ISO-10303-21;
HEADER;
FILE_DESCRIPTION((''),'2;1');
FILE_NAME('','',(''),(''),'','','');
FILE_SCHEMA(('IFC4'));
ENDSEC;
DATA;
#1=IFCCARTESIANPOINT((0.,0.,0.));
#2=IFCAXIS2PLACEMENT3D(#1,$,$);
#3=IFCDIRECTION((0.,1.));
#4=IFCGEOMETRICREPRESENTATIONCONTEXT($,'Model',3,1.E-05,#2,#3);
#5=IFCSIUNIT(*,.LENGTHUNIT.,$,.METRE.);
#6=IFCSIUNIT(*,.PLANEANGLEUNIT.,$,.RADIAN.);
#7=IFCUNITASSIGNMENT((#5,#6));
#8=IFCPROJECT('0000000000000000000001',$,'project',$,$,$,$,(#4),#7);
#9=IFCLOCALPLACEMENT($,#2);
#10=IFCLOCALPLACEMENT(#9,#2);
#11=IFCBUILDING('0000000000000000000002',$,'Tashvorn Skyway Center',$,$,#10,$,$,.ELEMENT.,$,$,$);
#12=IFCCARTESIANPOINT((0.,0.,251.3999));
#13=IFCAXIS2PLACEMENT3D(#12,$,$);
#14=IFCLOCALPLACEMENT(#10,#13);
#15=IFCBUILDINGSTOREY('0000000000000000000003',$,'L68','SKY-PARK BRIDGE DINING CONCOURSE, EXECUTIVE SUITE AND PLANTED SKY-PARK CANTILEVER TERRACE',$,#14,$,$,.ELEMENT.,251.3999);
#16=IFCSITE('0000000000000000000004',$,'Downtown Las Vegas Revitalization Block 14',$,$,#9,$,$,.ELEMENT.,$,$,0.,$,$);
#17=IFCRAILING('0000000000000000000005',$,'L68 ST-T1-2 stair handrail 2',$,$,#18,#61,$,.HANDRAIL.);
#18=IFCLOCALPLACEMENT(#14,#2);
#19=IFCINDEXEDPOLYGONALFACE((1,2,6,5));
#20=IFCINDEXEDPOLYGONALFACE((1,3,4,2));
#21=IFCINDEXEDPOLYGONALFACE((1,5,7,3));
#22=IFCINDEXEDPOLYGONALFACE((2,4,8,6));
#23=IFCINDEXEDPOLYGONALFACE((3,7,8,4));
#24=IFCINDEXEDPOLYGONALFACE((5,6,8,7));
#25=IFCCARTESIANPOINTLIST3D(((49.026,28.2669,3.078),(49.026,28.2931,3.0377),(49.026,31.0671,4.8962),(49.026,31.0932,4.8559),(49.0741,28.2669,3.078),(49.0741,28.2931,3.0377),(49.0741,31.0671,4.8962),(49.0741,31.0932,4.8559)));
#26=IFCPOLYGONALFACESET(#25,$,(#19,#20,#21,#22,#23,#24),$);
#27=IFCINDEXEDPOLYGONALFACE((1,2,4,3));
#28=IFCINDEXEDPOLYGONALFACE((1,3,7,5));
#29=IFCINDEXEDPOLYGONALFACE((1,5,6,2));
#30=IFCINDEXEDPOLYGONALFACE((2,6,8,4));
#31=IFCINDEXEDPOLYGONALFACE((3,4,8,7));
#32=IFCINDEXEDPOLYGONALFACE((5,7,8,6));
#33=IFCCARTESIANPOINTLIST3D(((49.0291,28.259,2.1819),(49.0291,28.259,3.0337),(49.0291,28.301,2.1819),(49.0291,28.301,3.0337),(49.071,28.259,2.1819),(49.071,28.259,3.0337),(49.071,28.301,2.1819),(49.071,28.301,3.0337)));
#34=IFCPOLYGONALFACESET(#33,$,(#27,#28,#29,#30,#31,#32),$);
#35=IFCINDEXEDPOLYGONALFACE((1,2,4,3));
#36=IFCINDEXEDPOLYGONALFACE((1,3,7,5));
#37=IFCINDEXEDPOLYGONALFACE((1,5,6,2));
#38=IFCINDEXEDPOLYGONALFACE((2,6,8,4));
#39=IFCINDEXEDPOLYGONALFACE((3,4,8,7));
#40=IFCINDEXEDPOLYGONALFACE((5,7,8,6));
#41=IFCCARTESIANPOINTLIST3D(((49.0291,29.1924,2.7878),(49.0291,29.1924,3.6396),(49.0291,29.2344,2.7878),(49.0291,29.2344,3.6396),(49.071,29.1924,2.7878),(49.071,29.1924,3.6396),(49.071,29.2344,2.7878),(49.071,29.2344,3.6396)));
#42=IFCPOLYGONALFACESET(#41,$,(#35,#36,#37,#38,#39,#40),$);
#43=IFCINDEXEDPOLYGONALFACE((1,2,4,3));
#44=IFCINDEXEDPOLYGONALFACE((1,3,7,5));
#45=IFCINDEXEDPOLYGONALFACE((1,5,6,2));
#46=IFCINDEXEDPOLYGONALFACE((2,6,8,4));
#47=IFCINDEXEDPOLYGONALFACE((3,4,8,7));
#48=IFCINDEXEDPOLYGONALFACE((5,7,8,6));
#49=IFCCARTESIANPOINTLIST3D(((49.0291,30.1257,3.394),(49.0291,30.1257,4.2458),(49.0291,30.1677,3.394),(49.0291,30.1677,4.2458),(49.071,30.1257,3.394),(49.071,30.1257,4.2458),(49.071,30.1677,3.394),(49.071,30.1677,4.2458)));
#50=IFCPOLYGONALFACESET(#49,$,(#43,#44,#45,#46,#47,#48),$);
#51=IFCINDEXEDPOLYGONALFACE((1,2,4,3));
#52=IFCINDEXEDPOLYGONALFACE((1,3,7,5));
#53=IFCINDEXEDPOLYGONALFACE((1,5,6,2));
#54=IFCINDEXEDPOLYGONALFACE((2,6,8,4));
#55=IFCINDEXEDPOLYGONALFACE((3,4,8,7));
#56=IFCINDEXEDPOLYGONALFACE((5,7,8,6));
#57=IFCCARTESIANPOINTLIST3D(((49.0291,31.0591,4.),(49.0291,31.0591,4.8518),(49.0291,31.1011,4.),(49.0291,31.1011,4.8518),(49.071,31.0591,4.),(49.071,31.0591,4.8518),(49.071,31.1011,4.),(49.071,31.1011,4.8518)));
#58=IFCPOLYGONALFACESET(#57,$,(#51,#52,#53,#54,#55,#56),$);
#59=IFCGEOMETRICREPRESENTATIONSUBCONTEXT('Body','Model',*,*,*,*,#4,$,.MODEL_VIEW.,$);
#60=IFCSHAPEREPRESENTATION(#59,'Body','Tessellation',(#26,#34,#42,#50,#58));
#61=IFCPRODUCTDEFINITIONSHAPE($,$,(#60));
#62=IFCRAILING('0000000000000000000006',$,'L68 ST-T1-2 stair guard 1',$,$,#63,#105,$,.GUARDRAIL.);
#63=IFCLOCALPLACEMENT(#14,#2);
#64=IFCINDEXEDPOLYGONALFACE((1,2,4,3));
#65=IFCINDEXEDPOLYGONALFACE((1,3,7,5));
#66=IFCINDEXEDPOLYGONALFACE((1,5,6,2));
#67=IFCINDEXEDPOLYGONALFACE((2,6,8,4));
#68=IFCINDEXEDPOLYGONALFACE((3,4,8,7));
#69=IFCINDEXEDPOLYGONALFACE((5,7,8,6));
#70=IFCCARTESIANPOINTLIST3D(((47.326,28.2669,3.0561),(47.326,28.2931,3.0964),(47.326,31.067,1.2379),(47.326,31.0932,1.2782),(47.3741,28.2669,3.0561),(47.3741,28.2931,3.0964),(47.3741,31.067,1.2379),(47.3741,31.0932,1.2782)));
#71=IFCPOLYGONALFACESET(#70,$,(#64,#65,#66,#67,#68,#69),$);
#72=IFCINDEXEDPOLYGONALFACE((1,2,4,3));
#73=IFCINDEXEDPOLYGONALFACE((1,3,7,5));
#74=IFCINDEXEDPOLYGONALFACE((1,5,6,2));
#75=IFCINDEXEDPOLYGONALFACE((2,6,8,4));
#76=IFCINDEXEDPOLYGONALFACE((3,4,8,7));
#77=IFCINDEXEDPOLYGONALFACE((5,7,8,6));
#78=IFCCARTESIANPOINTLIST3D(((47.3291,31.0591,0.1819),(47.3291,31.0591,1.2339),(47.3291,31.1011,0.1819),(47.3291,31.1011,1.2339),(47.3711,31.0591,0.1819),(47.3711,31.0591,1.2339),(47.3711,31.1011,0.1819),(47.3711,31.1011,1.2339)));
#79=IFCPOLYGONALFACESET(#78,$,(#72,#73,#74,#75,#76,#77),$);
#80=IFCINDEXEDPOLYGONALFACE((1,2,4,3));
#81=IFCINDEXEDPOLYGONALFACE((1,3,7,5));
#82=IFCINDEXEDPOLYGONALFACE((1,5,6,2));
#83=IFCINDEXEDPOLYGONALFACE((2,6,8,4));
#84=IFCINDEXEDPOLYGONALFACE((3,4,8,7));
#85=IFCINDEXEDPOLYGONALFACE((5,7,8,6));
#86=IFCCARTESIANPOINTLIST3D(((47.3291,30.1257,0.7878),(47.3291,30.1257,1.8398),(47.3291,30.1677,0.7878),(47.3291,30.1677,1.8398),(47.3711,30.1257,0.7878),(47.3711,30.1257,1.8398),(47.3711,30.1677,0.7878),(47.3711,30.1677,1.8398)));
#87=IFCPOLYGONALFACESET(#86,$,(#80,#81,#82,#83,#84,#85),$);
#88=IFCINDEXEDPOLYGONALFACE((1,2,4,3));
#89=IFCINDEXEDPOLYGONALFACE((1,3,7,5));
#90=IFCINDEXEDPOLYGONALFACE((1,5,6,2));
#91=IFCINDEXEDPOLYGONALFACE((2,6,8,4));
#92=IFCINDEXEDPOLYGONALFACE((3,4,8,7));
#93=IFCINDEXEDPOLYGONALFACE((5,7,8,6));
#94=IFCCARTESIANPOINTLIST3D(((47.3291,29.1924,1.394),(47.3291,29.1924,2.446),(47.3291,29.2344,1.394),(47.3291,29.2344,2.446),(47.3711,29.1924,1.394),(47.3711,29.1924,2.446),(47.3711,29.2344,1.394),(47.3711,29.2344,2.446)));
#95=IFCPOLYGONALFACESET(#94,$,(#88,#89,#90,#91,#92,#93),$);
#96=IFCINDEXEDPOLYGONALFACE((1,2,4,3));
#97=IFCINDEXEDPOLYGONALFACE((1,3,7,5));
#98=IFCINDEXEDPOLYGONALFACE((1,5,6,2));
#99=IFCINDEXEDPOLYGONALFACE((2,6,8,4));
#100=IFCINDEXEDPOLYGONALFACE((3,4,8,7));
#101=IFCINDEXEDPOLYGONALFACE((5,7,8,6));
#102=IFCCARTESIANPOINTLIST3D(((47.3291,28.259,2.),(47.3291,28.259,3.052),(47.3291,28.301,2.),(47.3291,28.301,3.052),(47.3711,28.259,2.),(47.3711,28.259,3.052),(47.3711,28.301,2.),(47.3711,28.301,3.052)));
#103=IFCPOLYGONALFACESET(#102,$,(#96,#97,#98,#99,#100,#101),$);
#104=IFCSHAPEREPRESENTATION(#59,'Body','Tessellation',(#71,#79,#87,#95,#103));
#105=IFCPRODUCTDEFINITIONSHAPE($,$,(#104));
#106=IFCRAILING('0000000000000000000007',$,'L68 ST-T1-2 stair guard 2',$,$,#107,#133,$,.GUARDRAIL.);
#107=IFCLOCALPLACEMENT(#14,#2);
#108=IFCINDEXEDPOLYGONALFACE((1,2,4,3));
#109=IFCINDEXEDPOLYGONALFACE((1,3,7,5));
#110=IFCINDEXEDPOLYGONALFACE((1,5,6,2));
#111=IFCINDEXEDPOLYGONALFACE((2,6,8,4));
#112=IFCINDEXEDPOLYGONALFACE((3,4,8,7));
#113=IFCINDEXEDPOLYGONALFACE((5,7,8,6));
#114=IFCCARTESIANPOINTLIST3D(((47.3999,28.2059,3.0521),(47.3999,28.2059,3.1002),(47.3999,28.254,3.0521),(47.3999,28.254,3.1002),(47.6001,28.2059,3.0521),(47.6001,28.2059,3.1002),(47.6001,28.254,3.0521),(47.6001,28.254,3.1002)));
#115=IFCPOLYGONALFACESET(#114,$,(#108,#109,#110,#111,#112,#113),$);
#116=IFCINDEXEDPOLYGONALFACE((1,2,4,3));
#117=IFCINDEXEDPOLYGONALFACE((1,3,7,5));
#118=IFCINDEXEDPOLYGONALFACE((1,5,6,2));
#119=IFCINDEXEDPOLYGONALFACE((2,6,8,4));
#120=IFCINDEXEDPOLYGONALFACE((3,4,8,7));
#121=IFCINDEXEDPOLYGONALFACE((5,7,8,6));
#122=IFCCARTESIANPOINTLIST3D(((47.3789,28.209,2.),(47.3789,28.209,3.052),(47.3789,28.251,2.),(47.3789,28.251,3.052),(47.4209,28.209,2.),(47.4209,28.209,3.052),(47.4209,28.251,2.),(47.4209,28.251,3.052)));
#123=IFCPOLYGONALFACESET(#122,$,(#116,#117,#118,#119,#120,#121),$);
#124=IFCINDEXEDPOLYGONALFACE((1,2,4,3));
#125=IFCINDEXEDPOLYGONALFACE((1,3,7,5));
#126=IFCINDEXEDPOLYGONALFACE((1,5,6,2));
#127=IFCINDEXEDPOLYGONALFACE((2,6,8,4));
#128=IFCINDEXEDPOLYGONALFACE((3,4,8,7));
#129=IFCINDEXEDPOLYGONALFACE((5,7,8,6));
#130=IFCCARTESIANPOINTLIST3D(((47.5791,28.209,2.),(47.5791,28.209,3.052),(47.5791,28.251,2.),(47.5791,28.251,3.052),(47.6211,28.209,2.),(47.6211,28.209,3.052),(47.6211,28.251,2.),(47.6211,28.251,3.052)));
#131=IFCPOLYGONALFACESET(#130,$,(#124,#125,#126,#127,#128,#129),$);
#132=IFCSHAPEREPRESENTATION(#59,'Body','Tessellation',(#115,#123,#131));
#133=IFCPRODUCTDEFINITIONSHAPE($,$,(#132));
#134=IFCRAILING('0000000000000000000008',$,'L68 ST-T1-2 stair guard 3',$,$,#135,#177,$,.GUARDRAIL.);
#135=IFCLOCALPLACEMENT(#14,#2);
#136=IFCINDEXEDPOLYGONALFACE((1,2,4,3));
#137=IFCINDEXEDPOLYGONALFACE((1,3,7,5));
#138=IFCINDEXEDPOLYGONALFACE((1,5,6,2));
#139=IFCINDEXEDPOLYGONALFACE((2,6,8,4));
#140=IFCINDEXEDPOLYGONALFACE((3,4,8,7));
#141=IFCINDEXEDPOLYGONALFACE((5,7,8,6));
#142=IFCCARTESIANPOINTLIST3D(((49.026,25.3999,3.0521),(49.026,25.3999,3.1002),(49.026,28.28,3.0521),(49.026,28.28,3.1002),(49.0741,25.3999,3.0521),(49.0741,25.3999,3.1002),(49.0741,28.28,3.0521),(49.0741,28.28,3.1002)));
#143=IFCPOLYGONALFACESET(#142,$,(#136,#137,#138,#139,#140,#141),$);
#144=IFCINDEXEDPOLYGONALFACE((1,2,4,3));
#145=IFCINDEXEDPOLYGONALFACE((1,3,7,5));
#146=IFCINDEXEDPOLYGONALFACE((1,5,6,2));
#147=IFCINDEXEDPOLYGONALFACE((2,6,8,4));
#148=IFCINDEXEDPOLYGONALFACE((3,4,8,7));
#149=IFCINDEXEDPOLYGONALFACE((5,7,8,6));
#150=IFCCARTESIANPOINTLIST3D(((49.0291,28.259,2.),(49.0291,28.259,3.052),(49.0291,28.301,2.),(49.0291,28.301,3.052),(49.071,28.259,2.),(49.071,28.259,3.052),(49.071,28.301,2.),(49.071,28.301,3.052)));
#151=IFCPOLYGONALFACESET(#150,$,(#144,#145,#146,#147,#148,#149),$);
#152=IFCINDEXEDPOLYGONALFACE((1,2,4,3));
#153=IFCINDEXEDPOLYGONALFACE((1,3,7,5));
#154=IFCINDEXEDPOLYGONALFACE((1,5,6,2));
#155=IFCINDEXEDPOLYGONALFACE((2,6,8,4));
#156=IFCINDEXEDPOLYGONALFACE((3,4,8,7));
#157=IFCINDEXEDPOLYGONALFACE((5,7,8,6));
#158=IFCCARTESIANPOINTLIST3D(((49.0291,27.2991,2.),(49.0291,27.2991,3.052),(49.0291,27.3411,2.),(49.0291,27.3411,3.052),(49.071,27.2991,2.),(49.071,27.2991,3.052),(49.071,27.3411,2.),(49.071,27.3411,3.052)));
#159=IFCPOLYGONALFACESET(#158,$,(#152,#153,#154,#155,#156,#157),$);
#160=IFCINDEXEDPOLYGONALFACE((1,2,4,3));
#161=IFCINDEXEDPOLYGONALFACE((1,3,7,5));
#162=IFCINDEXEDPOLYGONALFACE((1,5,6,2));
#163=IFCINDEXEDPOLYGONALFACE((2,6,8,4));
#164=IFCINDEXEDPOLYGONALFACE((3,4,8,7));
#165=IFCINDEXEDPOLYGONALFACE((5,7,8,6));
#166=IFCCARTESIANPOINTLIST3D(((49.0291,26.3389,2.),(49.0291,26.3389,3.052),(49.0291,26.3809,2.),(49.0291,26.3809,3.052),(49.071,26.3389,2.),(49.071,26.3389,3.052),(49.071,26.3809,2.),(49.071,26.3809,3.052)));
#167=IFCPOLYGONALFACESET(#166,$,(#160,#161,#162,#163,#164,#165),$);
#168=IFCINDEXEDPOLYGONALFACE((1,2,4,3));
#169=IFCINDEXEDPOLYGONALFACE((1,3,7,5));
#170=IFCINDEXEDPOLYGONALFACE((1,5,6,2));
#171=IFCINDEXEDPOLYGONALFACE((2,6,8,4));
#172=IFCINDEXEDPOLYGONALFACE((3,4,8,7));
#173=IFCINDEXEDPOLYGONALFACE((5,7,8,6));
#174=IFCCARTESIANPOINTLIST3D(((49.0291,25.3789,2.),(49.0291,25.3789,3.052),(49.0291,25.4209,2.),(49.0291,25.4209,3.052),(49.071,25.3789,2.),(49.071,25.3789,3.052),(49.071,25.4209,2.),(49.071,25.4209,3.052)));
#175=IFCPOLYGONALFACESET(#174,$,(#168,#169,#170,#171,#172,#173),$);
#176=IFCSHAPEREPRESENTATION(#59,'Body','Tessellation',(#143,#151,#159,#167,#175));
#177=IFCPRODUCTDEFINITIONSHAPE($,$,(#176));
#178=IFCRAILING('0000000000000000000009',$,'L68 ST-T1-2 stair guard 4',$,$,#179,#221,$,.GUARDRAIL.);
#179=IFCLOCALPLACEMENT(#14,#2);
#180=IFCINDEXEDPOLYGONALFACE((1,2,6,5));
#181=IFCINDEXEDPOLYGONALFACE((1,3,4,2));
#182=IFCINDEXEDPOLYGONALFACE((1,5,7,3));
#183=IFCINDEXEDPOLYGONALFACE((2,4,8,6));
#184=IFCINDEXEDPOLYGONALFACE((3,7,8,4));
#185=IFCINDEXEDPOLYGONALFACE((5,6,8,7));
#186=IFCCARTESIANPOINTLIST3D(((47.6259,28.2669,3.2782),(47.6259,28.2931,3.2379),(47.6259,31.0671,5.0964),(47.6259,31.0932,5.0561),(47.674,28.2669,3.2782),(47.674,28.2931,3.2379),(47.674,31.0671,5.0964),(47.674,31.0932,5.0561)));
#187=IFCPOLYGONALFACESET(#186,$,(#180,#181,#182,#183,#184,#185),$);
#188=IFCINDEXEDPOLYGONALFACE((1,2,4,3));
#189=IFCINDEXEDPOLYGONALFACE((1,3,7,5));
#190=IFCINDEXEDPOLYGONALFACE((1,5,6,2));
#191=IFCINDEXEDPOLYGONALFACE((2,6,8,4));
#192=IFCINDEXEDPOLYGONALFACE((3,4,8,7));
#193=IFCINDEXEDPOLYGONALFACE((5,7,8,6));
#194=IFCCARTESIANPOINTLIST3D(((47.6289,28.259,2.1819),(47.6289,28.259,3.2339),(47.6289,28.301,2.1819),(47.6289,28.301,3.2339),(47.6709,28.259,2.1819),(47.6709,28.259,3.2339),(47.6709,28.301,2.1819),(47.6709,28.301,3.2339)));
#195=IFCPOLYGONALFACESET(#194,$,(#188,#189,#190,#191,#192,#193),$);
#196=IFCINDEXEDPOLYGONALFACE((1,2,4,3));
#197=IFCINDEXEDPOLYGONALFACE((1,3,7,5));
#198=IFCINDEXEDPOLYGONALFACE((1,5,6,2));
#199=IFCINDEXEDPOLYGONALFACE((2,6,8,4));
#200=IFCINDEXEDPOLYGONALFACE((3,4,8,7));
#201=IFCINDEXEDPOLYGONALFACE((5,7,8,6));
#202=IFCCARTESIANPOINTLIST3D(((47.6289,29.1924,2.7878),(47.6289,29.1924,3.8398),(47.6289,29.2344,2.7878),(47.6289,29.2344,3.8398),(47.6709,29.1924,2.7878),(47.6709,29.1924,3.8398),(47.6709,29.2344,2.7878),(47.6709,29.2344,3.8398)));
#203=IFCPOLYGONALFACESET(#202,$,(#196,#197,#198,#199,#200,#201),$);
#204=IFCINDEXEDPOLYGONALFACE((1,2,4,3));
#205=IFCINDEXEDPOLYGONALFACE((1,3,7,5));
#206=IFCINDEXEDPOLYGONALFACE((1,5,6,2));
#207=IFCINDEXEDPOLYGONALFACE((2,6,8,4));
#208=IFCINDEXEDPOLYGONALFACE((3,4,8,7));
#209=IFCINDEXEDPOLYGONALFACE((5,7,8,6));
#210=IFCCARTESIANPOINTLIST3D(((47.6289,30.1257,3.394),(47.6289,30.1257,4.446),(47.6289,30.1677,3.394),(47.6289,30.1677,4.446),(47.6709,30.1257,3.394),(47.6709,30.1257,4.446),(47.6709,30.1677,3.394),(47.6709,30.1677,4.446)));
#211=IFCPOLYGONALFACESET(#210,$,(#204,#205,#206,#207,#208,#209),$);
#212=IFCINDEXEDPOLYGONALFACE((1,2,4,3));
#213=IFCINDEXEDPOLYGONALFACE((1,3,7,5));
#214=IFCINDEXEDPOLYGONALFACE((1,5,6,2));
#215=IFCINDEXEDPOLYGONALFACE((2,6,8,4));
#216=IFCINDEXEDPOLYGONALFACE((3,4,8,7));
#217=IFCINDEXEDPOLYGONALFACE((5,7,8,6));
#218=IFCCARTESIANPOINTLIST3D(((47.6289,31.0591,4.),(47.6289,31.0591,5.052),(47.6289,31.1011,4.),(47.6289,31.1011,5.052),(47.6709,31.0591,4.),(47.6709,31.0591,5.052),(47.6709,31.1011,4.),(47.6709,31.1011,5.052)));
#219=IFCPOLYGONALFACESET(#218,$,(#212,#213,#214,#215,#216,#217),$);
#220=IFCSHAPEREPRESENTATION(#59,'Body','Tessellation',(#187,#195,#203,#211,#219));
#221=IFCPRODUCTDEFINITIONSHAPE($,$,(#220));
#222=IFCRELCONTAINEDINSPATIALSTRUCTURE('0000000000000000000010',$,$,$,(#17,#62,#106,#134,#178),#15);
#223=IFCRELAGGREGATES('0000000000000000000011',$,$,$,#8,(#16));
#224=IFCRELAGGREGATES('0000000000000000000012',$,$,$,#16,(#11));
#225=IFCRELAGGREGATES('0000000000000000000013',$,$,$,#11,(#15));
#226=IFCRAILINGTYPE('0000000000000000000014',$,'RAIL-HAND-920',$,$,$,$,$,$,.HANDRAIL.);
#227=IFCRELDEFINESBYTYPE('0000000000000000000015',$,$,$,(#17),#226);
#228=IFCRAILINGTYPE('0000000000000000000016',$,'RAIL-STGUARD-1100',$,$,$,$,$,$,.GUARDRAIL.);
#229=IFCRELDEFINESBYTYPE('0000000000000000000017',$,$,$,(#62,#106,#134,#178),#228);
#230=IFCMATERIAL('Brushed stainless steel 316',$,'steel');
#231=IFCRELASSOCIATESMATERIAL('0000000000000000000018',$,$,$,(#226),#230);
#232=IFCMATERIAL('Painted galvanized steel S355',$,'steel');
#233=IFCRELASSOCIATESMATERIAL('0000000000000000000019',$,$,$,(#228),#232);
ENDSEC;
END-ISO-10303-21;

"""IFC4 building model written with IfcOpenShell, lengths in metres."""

from ifc_helpers import new_model, si_unit, direction, frame, origin, origin_2d, place, context, subcontext, project, spatial, rectangle, extrude, material, type_object, element, save


model = new_model("IFC4")

# Units and contexts
model_context = context("Model", 3, precision=1e-05, world=origin(), true_north=direction((0.0, 1.0)))
body_context = subcontext(model_context, "Body", "Model", "MODEL_VIEW")
ifc_project = project(units=[si_unit("LENGTHUNIT", "METRE"), si_unit("PLANEANGLEUNIT", "RADIAN")], contexts=[model_context])

# Site, building, storey
site_placement = place(None, origin())
site = spatial("IfcSite", under=ifc_project, at=site_placement, Name="Downtown Las Vegas Revitalization Block 14", CompositionType="ELEMENT", RefElevation=0.0)
building_placement = place(site_placement, origin())
building = spatial("IfcBuilding", under=site, at=building_placement, Name="Tashvorn Skyway Center", CompositionType="ELEMENT")
storey_placement = place(building_placement, frame((0.0, 0.0, 251.3999)))
storey = spatial("IfcBuildingStorey", under=building, at=storey_placement, Name="L68", Description="SKY-PARK BRIDGE DINING CONCOURSE, EXECUTIVE SUITE AND PLANTED SKY-PARK CANTILEVER TERRACE", CompositionType="ELEMENT", Elevation=251.3999)

# Railings
ifc_material_1 = material(Name="Brushed stainless steel 316", Category="steel")
railing_type_1 = type_object("IfcRailingType", Name="RAIL-HAND-920", PredefinedType="HANDRAIL", material=ifc_material_1)
railing_1_placement = place(storey_placement, frame((49.05, 28.28, 2.1819)))
element("IfcRailing", 1, at=railing_1_placement, inside=storey, type_object=railing_type_1, Name="L68 ST-T1-2 stair handrail 2", PredefinedType="HANDRAIL", context=body_context, shape_type="SweptSolid", body=[
    extrude(rectangle(XDim=0.0481, YDim=0.0481, at=origin_2d()), frame((0.0, 0.0, 0.876), z_axis=(0.0, 0.838706, 0.544585), x_axis=(-1.0, 0.0, 0.0)), (0.0, 0.0, 1.0), 3.3386),
    extrude(rectangle(XDim=0.042, YDim=0.042, at=origin_2d()), origin(), (0.0, 0.0, 1.0), 0.8518),
    extrude(rectangle(XDim=0.042, YDim=0.042, at=origin_2d()), frame((0.0, 0.9333, 0.606)), (0.0, 0.0, 1.0), 0.8518),
    extrude(rectangle(XDim=0.042, YDim=0.042, at=origin_2d()), frame((0.0, 1.8667, 1.2122)), (0.0, 0.0, 1.0), 0.8518),
    extrude(rectangle(XDim=0.042, YDim=0.042, at=origin_2d()), frame((0.0, 2.8, 1.8181)), (0.0, 0.0, 1.0), 0.8518),
])
ifc_material_2 = material(Name="Painted galvanized steel S355", Category="steel")
railing_type_2 = type_object("IfcRailingType", Name="RAIL-STGUARD-1100", PredefinedType="GUARDRAIL", material=ifc_material_2)
railing_2_placement = place(storey_placement, frame((47.3501, 31.0801, 0.1819)))
element("IfcRailing", 2, at=railing_2_placement, inside=storey, type_object=railing_type_2, Name="L68 ST-T1-2 stair guard 1", PredefinedType="GUARDRAIL", context=body_context, shape_type="SweptSolid", body=[
    extrude(rectangle(XDim=0.0481, YDim=0.0481, at=origin_2d()), frame((0.0, 0.0, 1.0762), z_axis=(0.0, -0.838706, 0.544585), x_axis=(1.0, 0.0, 0.0)), (0.0, 0.0, 1.0), 3.3386),
    extrude(rectangle(XDim=0.042, YDim=0.042, at=origin_2d()), origin(), (0.0, 0.0, 1.0), 1.052),
    extrude(rectangle(XDim=0.042, YDim=0.042, at=origin_2d()), frame((0.0, -0.9333, 0.606)), (0.0, 0.0, 1.0), 1.052),
    extrude(rectangle(XDim=0.042, YDim=0.042, at=origin_2d()), frame((0.0, -1.8667, 1.2122)), (0.0, 0.0, 1.0), 1.052),
    extrude(rectangle(XDim=0.042, YDim=0.042, at=origin_2d()), frame((0.0, -2.8, 1.8181)), (0.0, 0.0, 1.0), 1.052),
])
railing_3_placement = place(storey_placement, frame((47.3999, 28.23, 2.0)))
element("IfcRailing", 3, at=railing_3_placement, inside=storey, type_object=railing_type_2, Name="L68 ST-T1-2 stair guard 2", PredefinedType="GUARDRAIL", context=body_context, shape_type="SweptSolid", body=[
    extrude(rectangle(XDim=0.0481, YDim=0.0481, at=origin_2d()), frame((0.0, 0.0, 1.0762), z_axis=(1.0, 0.0, 0.0), x_axis=(0.0, 1.0, 0.0)), (0.0, 0.0, 1.0), 0.2002),
    extrude(rectangle(XDim=0.042, YDim=0.042, at=origin_2d()), origin(), (0.0, 0.0, 1.0), 1.052),
    extrude(rectangle(XDim=0.042, YDim=0.042, at=origin_2d()), frame((0.2002, 0.0, 0.0)), (0.0, 0.0, 1.0), 1.052),
])
railing_4_placement = place(storey_placement, frame((49.05, 28.28, 2.0)))
element("IfcRailing", 4, at=railing_4_placement, inside=storey, type_object=railing_type_2, Name="L68 ST-T1-2 stair guard 3", PredefinedType="GUARDRAIL", context=body_context, shape_type="SweptSolid", body=[
    extrude(rectangle(XDim=0.0481, YDim=0.0481, at=origin_2d()), frame((0.0, 0.0, 1.0762), z_axis=(0.0, -1.0, 0.0), x_axis=(1.0, 0.0, 0.0)), (0.0, 0.0, 1.0), 2.8801),
    extrude(rectangle(XDim=0.042, YDim=0.042, at=origin_2d()), origin(), (0.0, 0.0, 1.0), 1.052),
    extrude(rectangle(XDim=0.042, YDim=0.042, at=origin_2d()), frame((0.0, -0.96, 0.0)), (0.0, 0.0, 1.0), 1.052),
    extrude(rectangle(XDim=0.042, YDim=0.042, at=origin_2d()), frame((0.0, -1.9202, 0.0)), (0.0, 0.0, 1.0), 1.052),
    extrude(rectangle(XDim=0.042, YDim=0.042, at=origin_2d()), frame((0.0, -2.8801, 0.0)), (0.0, 0.0, 1.0), 1.052),
])
railing_5_placement = place(storey_placement, frame((47.6499, 28.28, 2.1819)))
element("IfcRailing", 5, at=railing_5_placement, inside=storey, type_object=railing_type_2, Name="L68 ST-T1-2 stair guard 4", PredefinedType="GUARDRAIL", context=body_context, shape_type="SweptSolid", body=[
    extrude(rectangle(XDim=0.0481, YDim=0.0481, at=origin_2d()), frame((0.0, 0.0, 1.0762), z_axis=(0.0, 0.838706, 0.544585), x_axis=(-1.0, 0.0, 0.0)), (0.0, 0.0, 1.0), 3.3386),
    extrude(rectangle(XDim=0.042, YDim=0.042, at=origin_2d()), origin(), (0.0, 0.0, 1.0), 1.052),
    extrude(rectangle(XDim=0.042, YDim=0.042, at=origin_2d()), frame((0.0, 0.9333, 0.606)), (0.0, 0.0, 1.0), 1.052),
    extrude(rectangle(XDim=0.042, YDim=0.042, at=origin_2d()), frame((0.0, 1.8667, 1.2122)), (0.0, 0.0, 1.0), 1.052),
    extrude(rectangle(XDim=0.042, YDim=0.042, at=origin_2d()), frame((0.0, 2.8, 1.8181)), (0.0, 0.0, 1.0), 1.052),
])

save(model, "model.ifc")
